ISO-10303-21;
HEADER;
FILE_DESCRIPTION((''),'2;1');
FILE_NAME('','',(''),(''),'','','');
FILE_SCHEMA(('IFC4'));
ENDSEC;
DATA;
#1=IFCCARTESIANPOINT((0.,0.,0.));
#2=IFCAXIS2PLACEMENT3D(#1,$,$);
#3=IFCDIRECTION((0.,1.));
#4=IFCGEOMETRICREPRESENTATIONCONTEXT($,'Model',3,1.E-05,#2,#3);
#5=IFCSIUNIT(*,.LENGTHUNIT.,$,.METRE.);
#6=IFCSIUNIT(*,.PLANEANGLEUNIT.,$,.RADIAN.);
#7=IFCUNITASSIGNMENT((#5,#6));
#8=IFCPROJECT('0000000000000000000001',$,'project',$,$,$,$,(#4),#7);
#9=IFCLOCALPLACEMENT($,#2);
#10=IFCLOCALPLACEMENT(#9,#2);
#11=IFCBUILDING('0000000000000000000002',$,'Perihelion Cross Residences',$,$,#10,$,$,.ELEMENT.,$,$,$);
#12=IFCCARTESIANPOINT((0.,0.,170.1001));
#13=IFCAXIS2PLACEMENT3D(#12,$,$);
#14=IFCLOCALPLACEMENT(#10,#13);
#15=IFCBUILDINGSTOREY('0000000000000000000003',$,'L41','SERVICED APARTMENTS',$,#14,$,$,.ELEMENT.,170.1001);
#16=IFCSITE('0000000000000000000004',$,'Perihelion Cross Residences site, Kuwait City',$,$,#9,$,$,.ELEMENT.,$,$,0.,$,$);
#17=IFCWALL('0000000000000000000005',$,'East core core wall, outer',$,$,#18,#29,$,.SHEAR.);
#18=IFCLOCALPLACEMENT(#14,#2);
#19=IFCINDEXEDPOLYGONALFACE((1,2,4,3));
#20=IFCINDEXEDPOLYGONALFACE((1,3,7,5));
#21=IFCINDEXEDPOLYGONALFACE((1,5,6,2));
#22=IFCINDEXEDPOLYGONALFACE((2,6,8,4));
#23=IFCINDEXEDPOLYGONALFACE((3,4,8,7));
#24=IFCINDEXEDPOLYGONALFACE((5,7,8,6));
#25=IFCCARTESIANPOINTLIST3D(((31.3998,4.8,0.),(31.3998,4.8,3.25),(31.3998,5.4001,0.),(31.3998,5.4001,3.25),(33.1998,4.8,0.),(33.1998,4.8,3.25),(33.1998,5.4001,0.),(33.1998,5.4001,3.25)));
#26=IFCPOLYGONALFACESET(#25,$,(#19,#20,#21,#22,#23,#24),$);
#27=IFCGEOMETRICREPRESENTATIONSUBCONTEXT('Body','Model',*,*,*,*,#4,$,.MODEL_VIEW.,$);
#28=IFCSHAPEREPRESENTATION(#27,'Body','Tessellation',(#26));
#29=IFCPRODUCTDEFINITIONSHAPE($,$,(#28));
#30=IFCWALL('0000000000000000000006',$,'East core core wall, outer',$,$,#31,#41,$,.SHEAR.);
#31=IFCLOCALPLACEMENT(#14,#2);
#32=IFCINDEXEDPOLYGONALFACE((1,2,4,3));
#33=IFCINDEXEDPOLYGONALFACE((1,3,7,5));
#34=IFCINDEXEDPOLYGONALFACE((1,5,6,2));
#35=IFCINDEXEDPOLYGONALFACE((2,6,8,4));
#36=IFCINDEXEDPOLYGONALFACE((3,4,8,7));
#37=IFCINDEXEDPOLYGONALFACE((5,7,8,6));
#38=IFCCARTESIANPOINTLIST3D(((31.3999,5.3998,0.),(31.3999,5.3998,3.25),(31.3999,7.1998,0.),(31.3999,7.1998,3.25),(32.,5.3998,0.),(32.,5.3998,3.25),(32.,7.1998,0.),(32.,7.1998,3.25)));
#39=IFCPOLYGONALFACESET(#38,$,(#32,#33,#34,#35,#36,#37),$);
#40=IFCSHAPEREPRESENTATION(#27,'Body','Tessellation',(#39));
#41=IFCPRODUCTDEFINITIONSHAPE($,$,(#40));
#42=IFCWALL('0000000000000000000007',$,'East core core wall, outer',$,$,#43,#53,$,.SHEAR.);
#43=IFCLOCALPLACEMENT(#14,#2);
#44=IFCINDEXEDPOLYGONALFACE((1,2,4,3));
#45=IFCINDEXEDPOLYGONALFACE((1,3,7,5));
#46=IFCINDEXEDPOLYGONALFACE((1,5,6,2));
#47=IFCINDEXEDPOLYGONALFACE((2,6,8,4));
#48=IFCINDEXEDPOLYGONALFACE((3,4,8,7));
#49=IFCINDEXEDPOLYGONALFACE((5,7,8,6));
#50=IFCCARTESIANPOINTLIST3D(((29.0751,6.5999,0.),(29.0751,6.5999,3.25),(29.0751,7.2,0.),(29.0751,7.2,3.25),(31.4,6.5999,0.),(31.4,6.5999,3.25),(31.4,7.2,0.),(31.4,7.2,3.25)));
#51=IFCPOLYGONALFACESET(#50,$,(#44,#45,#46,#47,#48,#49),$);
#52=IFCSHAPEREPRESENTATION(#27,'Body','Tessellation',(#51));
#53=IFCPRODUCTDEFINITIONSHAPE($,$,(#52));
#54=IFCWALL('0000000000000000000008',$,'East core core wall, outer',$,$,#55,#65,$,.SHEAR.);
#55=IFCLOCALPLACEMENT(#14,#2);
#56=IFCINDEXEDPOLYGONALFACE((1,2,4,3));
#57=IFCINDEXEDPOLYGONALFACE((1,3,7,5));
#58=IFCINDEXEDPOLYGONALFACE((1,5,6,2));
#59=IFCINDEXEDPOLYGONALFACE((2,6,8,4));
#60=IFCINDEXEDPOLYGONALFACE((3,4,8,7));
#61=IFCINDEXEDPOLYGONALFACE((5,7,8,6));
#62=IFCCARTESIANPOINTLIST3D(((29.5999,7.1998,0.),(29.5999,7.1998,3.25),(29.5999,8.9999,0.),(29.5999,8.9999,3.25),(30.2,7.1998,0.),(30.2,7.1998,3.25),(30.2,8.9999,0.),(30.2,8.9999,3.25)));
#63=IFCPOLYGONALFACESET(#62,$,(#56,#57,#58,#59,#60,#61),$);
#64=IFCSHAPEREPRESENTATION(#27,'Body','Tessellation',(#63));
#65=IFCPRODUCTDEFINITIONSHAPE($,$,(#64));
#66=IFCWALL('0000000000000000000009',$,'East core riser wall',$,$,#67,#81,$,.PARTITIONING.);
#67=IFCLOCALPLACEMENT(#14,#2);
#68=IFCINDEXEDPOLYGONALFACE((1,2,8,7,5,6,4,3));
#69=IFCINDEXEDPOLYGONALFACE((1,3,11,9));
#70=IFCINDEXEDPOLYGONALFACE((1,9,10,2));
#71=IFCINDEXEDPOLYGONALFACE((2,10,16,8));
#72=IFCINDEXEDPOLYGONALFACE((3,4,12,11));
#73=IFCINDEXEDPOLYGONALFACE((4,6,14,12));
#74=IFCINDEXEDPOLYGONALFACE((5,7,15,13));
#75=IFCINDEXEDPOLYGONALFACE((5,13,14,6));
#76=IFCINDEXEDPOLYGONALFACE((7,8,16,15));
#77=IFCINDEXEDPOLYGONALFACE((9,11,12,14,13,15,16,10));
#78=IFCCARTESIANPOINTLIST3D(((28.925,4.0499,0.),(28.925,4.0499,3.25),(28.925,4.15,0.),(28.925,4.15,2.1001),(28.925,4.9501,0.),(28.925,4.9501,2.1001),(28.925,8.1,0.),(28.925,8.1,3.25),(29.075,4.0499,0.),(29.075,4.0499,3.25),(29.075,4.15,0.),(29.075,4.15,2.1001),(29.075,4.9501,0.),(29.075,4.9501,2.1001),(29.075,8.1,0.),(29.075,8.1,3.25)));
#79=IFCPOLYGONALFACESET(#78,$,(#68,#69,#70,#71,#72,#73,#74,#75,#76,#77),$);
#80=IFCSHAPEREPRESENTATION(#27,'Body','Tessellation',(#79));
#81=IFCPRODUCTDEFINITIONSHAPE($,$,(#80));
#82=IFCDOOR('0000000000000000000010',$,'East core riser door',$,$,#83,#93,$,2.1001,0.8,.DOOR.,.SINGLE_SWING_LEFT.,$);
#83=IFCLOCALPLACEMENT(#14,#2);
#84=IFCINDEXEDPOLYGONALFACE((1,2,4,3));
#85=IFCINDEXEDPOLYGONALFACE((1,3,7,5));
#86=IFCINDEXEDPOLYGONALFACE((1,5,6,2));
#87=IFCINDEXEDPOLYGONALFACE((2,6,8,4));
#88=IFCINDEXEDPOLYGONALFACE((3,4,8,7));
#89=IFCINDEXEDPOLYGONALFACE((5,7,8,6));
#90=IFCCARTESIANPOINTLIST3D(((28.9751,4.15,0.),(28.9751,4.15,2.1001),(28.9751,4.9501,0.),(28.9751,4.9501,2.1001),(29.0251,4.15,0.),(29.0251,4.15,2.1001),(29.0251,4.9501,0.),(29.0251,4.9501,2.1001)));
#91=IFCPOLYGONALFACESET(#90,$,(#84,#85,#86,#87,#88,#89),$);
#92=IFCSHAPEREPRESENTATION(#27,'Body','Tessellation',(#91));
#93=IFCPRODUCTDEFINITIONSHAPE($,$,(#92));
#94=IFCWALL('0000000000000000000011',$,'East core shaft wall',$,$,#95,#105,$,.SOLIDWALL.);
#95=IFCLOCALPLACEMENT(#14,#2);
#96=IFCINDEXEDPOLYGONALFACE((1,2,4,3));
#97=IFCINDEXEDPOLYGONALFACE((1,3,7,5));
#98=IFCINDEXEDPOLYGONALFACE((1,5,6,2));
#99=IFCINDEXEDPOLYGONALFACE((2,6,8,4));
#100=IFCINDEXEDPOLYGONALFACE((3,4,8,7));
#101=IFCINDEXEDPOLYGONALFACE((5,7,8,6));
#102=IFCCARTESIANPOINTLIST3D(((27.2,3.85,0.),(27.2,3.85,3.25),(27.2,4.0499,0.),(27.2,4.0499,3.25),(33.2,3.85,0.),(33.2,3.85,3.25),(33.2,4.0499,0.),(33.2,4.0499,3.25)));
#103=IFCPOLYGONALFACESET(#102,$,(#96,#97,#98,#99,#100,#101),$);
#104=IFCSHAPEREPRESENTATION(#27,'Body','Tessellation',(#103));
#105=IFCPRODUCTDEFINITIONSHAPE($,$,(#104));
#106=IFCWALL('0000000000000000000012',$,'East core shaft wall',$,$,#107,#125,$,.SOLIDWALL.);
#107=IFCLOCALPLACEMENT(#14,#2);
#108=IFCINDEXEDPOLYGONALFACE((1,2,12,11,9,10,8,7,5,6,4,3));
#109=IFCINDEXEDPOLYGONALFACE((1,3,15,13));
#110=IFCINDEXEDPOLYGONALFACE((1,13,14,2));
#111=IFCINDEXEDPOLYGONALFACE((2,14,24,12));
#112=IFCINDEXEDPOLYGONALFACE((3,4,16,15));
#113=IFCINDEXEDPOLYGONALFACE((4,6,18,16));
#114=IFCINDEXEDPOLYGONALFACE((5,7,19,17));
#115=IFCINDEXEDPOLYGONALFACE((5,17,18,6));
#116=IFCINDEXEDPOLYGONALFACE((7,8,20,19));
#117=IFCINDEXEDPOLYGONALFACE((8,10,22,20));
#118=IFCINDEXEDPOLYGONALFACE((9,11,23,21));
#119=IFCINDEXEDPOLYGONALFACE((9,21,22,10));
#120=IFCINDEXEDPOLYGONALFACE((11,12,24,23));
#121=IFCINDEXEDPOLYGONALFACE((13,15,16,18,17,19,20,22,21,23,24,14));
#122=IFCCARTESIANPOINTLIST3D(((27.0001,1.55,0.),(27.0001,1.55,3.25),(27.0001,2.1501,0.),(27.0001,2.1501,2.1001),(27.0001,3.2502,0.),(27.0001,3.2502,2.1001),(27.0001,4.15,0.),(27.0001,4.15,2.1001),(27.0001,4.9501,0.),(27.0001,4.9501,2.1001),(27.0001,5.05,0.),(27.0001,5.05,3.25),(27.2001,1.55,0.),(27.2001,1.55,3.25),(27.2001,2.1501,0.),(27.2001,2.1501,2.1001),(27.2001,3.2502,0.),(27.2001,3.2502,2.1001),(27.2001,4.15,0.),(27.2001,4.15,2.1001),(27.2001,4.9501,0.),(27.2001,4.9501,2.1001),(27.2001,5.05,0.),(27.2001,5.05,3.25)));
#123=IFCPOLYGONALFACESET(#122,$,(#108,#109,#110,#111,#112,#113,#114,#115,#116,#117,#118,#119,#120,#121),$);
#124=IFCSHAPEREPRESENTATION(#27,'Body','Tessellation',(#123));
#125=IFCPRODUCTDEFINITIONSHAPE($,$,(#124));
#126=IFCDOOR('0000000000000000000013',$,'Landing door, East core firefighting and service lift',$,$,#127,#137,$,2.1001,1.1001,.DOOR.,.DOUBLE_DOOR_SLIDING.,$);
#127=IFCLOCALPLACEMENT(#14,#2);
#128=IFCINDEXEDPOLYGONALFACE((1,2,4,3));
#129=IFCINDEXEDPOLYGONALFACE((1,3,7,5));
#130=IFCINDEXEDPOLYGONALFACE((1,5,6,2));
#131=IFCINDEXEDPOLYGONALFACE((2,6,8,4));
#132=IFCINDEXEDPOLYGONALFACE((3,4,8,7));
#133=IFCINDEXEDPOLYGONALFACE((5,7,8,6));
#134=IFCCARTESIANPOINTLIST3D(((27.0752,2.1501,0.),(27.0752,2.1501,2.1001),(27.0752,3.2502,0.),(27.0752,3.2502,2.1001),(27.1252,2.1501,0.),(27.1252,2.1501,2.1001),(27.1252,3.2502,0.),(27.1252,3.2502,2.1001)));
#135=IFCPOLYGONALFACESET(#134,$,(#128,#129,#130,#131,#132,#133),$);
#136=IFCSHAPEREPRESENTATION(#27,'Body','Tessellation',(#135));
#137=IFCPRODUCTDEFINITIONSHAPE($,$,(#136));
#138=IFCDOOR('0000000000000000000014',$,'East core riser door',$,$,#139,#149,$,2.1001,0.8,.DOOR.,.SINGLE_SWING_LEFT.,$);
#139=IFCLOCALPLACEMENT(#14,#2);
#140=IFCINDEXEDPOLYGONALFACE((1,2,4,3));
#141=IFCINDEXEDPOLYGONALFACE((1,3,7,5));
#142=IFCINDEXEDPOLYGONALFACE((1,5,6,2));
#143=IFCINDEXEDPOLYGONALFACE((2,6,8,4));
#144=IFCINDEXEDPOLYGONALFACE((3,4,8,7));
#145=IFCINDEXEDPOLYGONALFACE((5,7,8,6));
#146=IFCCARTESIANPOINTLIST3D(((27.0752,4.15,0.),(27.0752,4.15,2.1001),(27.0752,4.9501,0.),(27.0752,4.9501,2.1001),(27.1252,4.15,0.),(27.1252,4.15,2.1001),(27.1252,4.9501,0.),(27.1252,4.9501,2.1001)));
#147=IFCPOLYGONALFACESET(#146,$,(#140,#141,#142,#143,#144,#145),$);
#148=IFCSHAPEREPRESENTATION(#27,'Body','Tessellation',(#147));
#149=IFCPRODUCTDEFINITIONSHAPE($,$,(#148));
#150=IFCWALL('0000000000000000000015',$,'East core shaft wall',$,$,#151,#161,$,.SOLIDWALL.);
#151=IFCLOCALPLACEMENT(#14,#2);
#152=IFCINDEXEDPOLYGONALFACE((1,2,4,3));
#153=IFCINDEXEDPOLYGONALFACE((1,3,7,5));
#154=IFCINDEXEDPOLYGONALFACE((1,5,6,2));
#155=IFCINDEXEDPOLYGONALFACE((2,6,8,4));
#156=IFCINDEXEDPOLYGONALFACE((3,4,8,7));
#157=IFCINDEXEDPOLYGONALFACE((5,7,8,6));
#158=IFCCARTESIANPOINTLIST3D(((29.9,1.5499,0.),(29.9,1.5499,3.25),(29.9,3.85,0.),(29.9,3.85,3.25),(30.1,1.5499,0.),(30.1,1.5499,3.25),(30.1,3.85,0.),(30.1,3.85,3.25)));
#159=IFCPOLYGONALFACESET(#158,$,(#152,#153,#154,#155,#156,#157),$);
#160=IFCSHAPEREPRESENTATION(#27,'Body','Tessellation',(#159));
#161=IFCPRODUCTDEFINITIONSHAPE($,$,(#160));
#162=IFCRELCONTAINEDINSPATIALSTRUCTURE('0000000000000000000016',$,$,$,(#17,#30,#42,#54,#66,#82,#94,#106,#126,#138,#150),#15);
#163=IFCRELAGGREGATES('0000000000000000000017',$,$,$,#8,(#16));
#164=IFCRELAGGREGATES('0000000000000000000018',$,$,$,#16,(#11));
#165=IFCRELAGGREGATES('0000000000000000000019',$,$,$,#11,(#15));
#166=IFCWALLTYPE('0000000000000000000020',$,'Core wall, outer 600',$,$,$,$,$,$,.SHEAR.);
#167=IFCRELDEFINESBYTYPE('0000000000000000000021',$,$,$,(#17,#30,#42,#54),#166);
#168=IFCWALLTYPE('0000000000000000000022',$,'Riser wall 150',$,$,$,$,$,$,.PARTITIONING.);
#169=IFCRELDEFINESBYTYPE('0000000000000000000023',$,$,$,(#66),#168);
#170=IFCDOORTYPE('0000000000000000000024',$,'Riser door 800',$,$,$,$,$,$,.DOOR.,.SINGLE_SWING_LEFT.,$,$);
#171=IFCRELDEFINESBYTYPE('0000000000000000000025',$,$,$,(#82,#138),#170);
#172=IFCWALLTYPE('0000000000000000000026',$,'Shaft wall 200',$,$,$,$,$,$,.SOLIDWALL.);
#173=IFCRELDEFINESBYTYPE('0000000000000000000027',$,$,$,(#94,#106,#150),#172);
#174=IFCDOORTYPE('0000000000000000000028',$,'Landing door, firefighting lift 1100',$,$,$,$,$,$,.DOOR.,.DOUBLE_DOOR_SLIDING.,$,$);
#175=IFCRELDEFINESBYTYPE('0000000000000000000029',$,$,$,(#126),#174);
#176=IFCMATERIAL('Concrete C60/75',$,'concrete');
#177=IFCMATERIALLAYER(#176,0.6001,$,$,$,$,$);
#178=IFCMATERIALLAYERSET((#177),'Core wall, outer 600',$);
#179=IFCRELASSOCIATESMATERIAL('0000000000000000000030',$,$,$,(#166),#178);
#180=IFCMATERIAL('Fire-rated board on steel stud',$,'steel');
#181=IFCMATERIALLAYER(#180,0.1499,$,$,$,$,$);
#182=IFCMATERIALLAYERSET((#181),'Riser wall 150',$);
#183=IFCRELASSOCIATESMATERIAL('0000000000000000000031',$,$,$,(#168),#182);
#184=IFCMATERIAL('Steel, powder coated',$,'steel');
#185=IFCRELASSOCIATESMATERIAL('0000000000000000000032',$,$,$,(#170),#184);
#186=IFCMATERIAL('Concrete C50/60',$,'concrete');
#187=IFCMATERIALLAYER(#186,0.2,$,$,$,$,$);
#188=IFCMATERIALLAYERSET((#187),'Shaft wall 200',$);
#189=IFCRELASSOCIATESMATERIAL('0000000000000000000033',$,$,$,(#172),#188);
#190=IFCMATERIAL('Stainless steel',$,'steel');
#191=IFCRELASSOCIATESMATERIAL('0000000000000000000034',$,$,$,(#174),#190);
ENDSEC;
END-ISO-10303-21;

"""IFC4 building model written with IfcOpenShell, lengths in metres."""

from ifc_helpers import new_model, si_unit, direction, frame, frame_2d, origin, place, context, subcontext, project, spatial, rectangle, extrude, material, layer, layer_set, type_object, element, fill, save


model = new_model("IFC4")

# Units and contexts
model_context = context("Model", 3, precision=1e-05, world=origin(), true_north=direction((0.0, 1.0)))
body_context = subcontext(model_context, "Body", "Model", "MODEL_VIEW")
ifc_project = project(units=[si_unit("LENGTHUNIT", "METRE"), si_unit("PLANEANGLEUNIT", "RADIAN")], contexts=[model_context])

# Site, building, storey
site_placement = place(None, origin())
site = spatial("IfcSite", under=ifc_project, at=site_placement, Name="Perihelion Cross Residences site, Kuwait City", CompositionType="ELEMENT", RefElevation=0.0)
building_placement = place(site_placement, origin())
building = spatial("IfcBuilding", under=site, at=building_placement, Name="Perihelion Cross Residences", CompositionType="ELEMENT")
storey_placement = place(building_placement, frame((0.0, 0.0, 170.1001)))
storey = spatial("IfcBuildingStorey", under=building, at=storey_placement, Name="L41", Description="SERVICED APARTMENTS", CompositionType="ELEMENT", Elevation=170.1001)

# Walls
ifc_material_1 = material(Name="Concrete C60/75", Category="concrete")
ifc_layer_1 = layer(ifc_material_1, 0.6001)
ifc_layer_set_1 = layer_set([ifc_layer_1], Name="Core wall, outer 600")
wall_type_1 = type_object("IfcWallType", Name="Core wall, outer 600", PredefinedType="SHEAR", material=ifc_layer_set_1)
for number, where, z_axis, x_axis, name in (
    (1, (31.3999, 5.1001, 0.0), (0.0, 0.0, 1.0), (1.0, 0.0, 0.0), "East core core wall, outer"),
    (2, (31.7, 5.3999, 0.0), (0.0, 0.0, 1.0), (0.0, 1.0, 0.0), "East core core wall, outer"),
):
    element("IfcWall", number, at=place(storey_placement, frame(where, z_axis=z_axis, x_axis=x_axis)), inside=storey, type_object=wall_type_1, Name=name, PredefinedType="SHEAR", context=body_context, shape_type="SweptSolid", body=[
        extrude(rectangle(XDim=1.8, YDim=0.6001, at=frame_2d((0.8999, 0.0))), origin(), (0.0, 0.0, 1.0), 3.25),
    ])
wall_1_placement = place(storey_placement, frame((29.075, 6.8999, 0.0), z_axis=(0.0, 0.0, 1.0), x_axis=(1.0, 0.0, 0.0)))
element("IfcWall", 3, at=wall_1_placement, inside=storey, type_object=wall_type_1, Name="East core core wall, outer", PredefinedType="SHEAR", context=body_context, shape_type="SweptSolid", body=[
    extrude(rectangle(XDim=2.325, YDim=0.6001, at=frame_2d((1.1626, 0.0))), origin(), (0.0, 0.0, 1.0), 3.25),
])
wall_2_placement = place(storey_placement, frame((29.8999, 7.2, 0.0), z_axis=(0.0, 0.0, 1.0), x_axis=(0.0, 1.0, 0.0)))
element("IfcWall", 4, at=wall_2_placement, inside=storey, type_object=wall_type_1, Name="East core core wall, outer", PredefinedType="SHEAR", context=body_context, shape_type="SweptSolid", body=[
    extrude(rectangle(XDim=1.8, YDim=0.6001, at=frame_2d((0.8999, 0.0))), origin(), (0.0, 0.0, 1.0), 3.25),
])

# Wall, opening, door
ifc_material_2 = material(Name="Fire-rated board on steel stud", Category="steel")
ifc_layer_2 = layer(ifc_material_2, 0.1499)
ifc_layer_set_2 = layer_set([ifc_layer_2], Name="Riser wall 150")
wall_type_2 = type_object("IfcWallType", Name="Riser wall 150", PredefinedType="PARTITIONING", material=ifc_layer_set_2)
wall_3_placement = place(storey_placement, frame((29.0, 4.05, 0.0), z_axis=(0.0, 0.0, 1.0), x_axis=(0.0, 1.0, 0.0)))
wall_3 = element("IfcWall", 5, at=wall_3_placement, inside=storey, type_object=wall_type_2, Name="East core riser wall", PredefinedType="PARTITIONING", context=body_context, shape_type="SweptSolid", body=[
    extrude(rectangle(XDim=4.05, YDim=0.1499, at=frame_2d((2.0249, 0.0))), origin(), (0.0, 0.0, 1.0), 3.25),
])
opening_1_placement = place(wall_3_placement, frame((0.1001, 0.0, 0.0)))
opening_1 = element("IfcOpeningElement", 6, at=opening_1_placement, cuts=wall_3, PredefinedType="OPENING", context=body_context, shape_type="SweptSolid", body=[
    extrude(rectangle(XDim=0.8, YDim=2.1001, at=frame_2d((0.3999, 1.05))), frame((0.0, 0.085, 0.0), z_axis=(0.0, -1.0, 0.0), x_axis=(1.0, 0.0, 0.0)), (0.0, 0.0, 1.0), 0.1699),
])
ifc_material_3 = material(Name="Steel, powder coated", Category="steel")
door_type_1 = type_object("IfcDoorType", Name="Riser door 800", OperationType="SINGLE_SWING_LEFT", PredefinedType="DOOR", material=ifc_material_3)
door_1_placement = place(opening_1_placement, origin())
door_1 = element("IfcDoor", 7, at=door_1_placement, inside=storey, type_object=door_type_1, Name="East core riser door", OperationType="SINGLE_SWING_LEFT", OverallHeight=2.1001, OverallWidth=0.8, PredefinedType="DOOR", context=body_context, shape_type="SweptSolid", body=[
    extrude(rectangle(XDim=0.8, YDim=2.1001, at=frame_2d((0.3999, 1.05))), frame((0.0, 0.0249, 0.0), z_axis=(0.0, -1.0, 0.0), x_axis=(1.0, 0.0, 0.0)), (0.0, 0.0, 1.0), 0.05),
])
fill(opening_1, door_1)

# Wall
ifc_material_4 = material(Name="Concrete C50/60", Category="concrete")
ifc_layer_3 = layer(ifc_material_4, 0.2)
ifc_layer_set_3 = layer_set([ifc_layer_3], Name="Shaft wall 200")
wall_type_3 = type_object("IfcWallType", Name="Shaft wall 200", PredefinedType="SOLIDWALL", material=ifc_layer_set_3)
wall_4_placement = place(storey_placement, frame((27.2, 3.95, 0.0), z_axis=(0.0, 0.0, 1.0), x_axis=(1.0, 0.0, 0.0)))
element("IfcWall", 8, at=wall_4_placement, inside=storey, type_object=wall_type_3, Name="East core shaft wall", PredefinedType="SOLIDWALL", context=body_context, shape_type="SweptSolid", body=[
    extrude(rectangle(XDim=6.0, YDim=0.2, at=frame_2d((3.0, 0.0))), origin(), (0.0, 0.0, 1.0), 3.25),
])

# Wall, openings, doors
wall_5_placement = place(storey_placement, frame((27.1001, 1.55, 0.0), z_axis=(0.0, 0.0, 1.0), x_axis=(0.0, 1.0, 0.0)))
wall_5 = element("IfcWall", 9, at=wall_5_placement, inside=storey, type_object=wall_type_3, Name="East core shaft wall", PredefinedType="SOLIDWALL", context=body_context, shape_type="SweptSolid", body=[
    extrude(rectangle(XDim=3.5, YDim=0.2, at=frame_2d((1.75, 0.0))), origin(), (0.0, 0.0, 1.0), 3.25),
])
opening_2_placement = place(wall_5_placement, frame((0.6001, 0.0, 0.0)))
opening_2 = element("IfcOpeningElement", 10, at=opening_2_placement, cuts=wall_5, PredefinedType="OPENING", context=body_context, shape_type="SweptSolid", body=[
    extrude(rectangle(XDim=1.1001, YDim=2.1001, at=frame_2d((0.55, 1.05))), frame((0.0, 0.1099, 0.0), z_axis=(0.0, -1.0, 0.0), x_axis=(1.0, 0.0, 0.0)), (0.0, 0.0, 1.0), 0.22),
])
opening_3_placement = place(wall_5_placement, frame((2.6001, 0.0, 0.0)))
opening_3 = element("IfcOpeningElement", 11, at=opening_3_placement, cuts=wall_5, PredefinedType="OPENING", context=body_context, shape_type="SweptSolid", body=[
    extrude(rectangle(XDim=0.8, YDim=2.1001, at=frame_2d((0.3999, 1.05))), frame((0.0, 0.1099, 0.0), z_axis=(0.0, -1.0, 0.0), x_axis=(1.0, 0.0, 0.0)), (0.0, 0.0, 1.0), 0.22),
])
ifc_material_5 = material(Name="Stainless steel", Category="steel")
door_type_2 = type_object("IfcDoorType", Name="Landing door, firefighting lift 1100", OperationType="DOUBLE_DOOR_SLIDING", PredefinedType="DOOR", material=ifc_material_5)
door_2_placement = place(opening_2_placement, origin())
door_2 = element("IfcDoor", 12, at=door_2_placement, inside=storey, type_object=door_type_2, Name="Landing door, East core firefighting and service lift", OperationType="DOUBLE_DOOR_SLIDING", OverallHeight=2.1001, OverallWidth=1.1001, PredefinedType="DOOR", context=body_context, shape_type="SweptSolid", body=[
    extrude(rectangle(XDim=1.1001, YDim=2.1001, at=frame_2d((0.55, 1.05))), frame((0.0, 0.0249, 0.0), z_axis=(0.0, -1.0, 0.0), x_axis=(1.0, 0.0, 0.0)), (0.0, 0.0, 1.0), 0.05),
])
fill(opening_2, door_2)
door_3_placement = place(opening_3_placement, origin())
door_3 = element("IfcDoor", 13, at=door_3_placement, inside=storey, type_object=door_type_1, Name="East core riser door", OperationType="SINGLE_SWING_LEFT", OverallHeight=2.1001, OverallWidth=0.8, PredefinedType="DOOR", context=body_context, shape_type="SweptSolid", body=[
    extrude(rectangle(XDim=0.8, YDim=2.1001, at=frame_2d((0.3999, 1.05))), frame((0.0, 0.0249, 0.0), z_axis=(0.0, -1.0, 0.0), x_axis=(1.0, 0.0, 0.0)), (0.0, 0.0, 1.0), 0.05),
])
fill(opening_3, door_3)

# Wall
wall_6_placement = place(storey_placement, frame((30.0, 1.55, 0.0), z_axis=(0.0, 0.0, 1.0), x_axis=(0.0, 1.0, 0.0)))
element("IfcWall", 14, at=wall_6_placement, inside=storey, type_object=wall_type_3, Name="East core shaft wall", PredefinedType="SOLIDWALL", context=body_context, shape_type="SweptSolid", body=[
    extrude(rectangle(XDim=2.3, YDim=0.2, at=frame_2d((1.1499, 0.0))), origin(), (0.0, 0.0, 1.0), 3.25),
])

save(model, "model.ifc")
